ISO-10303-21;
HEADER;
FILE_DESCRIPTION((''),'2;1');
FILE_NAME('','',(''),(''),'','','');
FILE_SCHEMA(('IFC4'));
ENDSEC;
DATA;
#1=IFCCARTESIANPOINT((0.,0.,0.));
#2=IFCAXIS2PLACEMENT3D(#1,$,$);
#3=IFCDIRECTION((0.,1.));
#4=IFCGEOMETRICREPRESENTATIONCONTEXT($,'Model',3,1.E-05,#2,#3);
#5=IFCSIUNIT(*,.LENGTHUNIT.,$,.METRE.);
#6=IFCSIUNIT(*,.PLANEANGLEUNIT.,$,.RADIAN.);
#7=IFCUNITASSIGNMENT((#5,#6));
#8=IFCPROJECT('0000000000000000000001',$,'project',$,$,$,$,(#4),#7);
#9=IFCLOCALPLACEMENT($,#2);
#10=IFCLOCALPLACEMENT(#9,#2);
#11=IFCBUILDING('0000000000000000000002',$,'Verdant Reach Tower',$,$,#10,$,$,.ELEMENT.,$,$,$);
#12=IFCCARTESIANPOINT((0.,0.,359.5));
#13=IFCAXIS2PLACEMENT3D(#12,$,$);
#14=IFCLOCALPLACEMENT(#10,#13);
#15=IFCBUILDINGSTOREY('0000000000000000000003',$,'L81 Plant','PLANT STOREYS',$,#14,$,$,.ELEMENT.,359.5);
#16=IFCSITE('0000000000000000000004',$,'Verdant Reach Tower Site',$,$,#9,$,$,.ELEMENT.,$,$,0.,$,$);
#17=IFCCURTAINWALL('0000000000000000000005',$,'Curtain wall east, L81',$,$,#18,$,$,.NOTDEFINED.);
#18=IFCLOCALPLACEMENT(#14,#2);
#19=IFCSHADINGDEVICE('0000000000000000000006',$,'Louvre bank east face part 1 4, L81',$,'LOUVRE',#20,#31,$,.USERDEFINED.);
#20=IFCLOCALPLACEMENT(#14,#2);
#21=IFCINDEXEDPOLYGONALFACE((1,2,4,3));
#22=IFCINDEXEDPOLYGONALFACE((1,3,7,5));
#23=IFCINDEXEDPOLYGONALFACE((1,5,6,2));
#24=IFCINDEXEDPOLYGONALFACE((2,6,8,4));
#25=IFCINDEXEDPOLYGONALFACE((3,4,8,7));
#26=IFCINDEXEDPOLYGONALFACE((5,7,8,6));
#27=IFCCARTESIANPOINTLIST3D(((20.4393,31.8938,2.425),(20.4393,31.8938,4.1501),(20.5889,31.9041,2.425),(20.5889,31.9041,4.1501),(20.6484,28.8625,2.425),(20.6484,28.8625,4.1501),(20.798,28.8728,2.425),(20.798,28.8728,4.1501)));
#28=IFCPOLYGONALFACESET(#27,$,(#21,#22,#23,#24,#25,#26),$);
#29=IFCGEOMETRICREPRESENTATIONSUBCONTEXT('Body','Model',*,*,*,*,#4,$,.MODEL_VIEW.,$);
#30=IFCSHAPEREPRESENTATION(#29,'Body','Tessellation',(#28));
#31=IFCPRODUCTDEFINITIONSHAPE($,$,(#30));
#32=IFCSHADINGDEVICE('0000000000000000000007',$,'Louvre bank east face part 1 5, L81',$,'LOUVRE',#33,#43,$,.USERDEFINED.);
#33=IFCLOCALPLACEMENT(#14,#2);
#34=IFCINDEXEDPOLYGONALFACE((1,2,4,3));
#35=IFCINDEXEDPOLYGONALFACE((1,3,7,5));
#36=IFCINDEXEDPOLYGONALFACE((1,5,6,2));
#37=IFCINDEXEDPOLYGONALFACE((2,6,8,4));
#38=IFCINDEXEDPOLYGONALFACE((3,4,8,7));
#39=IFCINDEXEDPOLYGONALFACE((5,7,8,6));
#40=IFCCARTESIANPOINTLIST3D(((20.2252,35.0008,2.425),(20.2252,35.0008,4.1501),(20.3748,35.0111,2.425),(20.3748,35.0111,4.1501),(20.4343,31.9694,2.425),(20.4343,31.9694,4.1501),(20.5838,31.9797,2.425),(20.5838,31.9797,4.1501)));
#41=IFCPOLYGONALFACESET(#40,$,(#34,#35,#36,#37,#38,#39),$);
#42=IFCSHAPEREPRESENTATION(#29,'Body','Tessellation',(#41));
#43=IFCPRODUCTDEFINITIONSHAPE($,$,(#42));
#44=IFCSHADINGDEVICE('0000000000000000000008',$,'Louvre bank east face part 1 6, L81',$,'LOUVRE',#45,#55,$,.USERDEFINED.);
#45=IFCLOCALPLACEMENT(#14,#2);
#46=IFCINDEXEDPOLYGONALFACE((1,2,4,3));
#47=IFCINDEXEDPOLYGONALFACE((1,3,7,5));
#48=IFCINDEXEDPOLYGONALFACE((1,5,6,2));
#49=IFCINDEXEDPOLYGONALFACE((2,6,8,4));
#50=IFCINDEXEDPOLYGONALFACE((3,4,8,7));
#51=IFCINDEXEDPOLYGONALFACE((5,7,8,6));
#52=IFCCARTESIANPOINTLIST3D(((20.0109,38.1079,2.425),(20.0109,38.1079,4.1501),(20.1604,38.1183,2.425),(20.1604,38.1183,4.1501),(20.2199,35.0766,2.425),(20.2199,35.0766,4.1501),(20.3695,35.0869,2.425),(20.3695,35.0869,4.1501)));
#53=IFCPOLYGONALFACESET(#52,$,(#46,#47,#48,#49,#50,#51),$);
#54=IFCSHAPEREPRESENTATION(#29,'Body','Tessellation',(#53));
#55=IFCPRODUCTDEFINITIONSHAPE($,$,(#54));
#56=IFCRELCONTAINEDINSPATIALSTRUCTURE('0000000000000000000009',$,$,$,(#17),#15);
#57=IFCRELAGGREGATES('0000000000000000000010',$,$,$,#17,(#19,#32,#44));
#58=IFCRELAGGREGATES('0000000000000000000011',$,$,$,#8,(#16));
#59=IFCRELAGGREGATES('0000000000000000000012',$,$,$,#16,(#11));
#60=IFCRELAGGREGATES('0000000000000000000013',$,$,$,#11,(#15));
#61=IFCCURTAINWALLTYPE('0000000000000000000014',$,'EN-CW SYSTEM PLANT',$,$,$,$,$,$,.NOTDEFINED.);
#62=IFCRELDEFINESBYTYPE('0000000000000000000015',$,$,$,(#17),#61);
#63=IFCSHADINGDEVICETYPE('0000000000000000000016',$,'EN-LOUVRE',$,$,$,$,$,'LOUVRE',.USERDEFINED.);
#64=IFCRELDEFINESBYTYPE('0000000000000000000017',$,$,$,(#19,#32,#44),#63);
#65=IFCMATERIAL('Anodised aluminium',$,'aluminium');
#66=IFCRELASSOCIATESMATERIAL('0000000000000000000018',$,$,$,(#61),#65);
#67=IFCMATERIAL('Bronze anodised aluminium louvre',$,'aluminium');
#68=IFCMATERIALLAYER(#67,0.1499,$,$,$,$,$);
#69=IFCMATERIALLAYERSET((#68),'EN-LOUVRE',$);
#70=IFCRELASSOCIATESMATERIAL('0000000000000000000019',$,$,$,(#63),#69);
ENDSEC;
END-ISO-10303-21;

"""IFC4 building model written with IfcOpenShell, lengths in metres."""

from ifc_helpers import new_model, si_unit, direction, frame, origin, origin_2d, place, context, subcontext, project, spatial, rectangle, extrude, material, layer, layer_set, type_object, element, aggregate, save


model = new_model("IFC4")

# Units and contexts
model_context = context("Model", 3, precision=1e-05, world=origin(), true_north=direction((0.0, 1.0)))
body_context = subcontext(model_context, "Body", "Model", "MODEL_VIEW")
ifc_project = project(units=[si_unit("LENGTHUNIT", "METRE"), si_unit("PLANEANGLEUNIT", "RADIAN")], contexts=[model_context])

# Site, building, storey
site_placement = place(None, origin())
site = spatial("IfcSite", under=ifc_project, at=site_placement, Name="Verdant Reach Tower Site", CompositionType="ELEMENT", RefElevation=0.0)
building_placement = place(site_placement, origin())
building = spatial("IfcBuilding", under=site, at=building_placement, Name="Verdant Reach Tower", CompositionType="ELEMENT")
storey_placement = place(building_placement, frame((0.0, 0.0, 359.5)))
storey = spatial("IfcBuildingStorey", under=building, at=storey_placement, Name="L81 Plant", Description="PLANT STOREYS", CompositionType="ELEMENT", Elevation=359.5)

# Curtain wall
ifc_material_1 = material(Name="Anodised aluminium", Category="aluminium")
curtain_wall_type = type_object("IfcCurtainWallType", Name="EN-CW SYSTEM PLANT", PredefinedType="NOTDEFINED", material=ifc_material_1)
curtain_wall_placement = place(storey_placement, origin())
curtain_wall = element("IfcCurtainWall", 1, at=curtain_wall_placement, inside=storey, type_object=curtain_wall_type, Name="Curtain wall east, L81", PredefinedType="NOTDEFINED")

# Shading devices
ifc_material_2 = material(Name="Bronze anodised aluminium louvre", Category="aluminium")
ifc_layer_1 = layer(ifc_material_2, 0.1499)
ifc_layer_set_1 = layer_set([ifc_layer_1], Name="EN-LOUVRE")
shading_device_type = type_object("IfcShadingDeviceType", Name="EN-LOUVRE", ElementType="LOUVRE", PredefinedType="USERDEFINED", material=ifc_layer_set_1)
shading_device_1_placement = place(storey_placement, frame((20.6187, 30.3833, 2.425), z_axis=(0.0, 0.0, 1.0), x_axis=(-0.068802, 0.99763, 0.0)))
shading_device_1 = element("IfcShadingDevice", 2, at=shading_device_1_placement, type_object=shading_device_type, Name="Louvre bank east face part 1 4, L81", ObjectType="LOUVRE", PredefinedType="USERDEFINED", context=body_context, shape_type="SweptSolid", body=[
    extrude(rectangle(XDim=3.0386, YDim=0.1499, at=origin_2d()), origin(), (0.0, 0.0, 1.0), 1.7251),
])
shading_device_2_placement = place(storey_placement, frame((20.4045, 33.4902, 2.425), z_axis=(0.0, 0.0, 1.0), x_axis=(-0.068802, 0.99763, 0.0)))
shading_device_2 = element("IfcShadingDevice", 3, at=shading_device_2_placement, type_object=shading_device_type, Name="Louvre bank east face part 1 5, L81", ObjectType="LOUVRE", PredefinedType="USERDEFINED", context=body_context, shape_type="SweptSolid", body=[
    extrude(rectangle(XDim=3.0386, YDim=0.1499, at=origin_2d()), origin(), (0.0, 0.0, 1.0), 1.7251),
])
shading_device_3_placement = place(storey_placement, frame((20.1902, 36.5974, 2.425), z_axis=(0.0, 0.0, 1.0), x_axis=(-0.068802, 0.99763, 0.0)))
shading_device_3 = element("IfcShadingDevice", 4, at=shading_device_3_placement, type_object=shading_device_type, Name="Louvre bank east face part 1 6, L81", ObjectType="LOUVRE", PredefinedType="USERDEFINED", context=body_context, shape_type="SweptSolid", body=[
    extrude(rectangle(XDim=3.0386, YDim=0.1499, at=origin_2d()), origin(), (0.0, 0.0, 1.0), 1.7251),
])
aggregate(curtain_wall, [shading_device_1, shading_device_2, shading_device_3])

save(model, "model.ifc")
